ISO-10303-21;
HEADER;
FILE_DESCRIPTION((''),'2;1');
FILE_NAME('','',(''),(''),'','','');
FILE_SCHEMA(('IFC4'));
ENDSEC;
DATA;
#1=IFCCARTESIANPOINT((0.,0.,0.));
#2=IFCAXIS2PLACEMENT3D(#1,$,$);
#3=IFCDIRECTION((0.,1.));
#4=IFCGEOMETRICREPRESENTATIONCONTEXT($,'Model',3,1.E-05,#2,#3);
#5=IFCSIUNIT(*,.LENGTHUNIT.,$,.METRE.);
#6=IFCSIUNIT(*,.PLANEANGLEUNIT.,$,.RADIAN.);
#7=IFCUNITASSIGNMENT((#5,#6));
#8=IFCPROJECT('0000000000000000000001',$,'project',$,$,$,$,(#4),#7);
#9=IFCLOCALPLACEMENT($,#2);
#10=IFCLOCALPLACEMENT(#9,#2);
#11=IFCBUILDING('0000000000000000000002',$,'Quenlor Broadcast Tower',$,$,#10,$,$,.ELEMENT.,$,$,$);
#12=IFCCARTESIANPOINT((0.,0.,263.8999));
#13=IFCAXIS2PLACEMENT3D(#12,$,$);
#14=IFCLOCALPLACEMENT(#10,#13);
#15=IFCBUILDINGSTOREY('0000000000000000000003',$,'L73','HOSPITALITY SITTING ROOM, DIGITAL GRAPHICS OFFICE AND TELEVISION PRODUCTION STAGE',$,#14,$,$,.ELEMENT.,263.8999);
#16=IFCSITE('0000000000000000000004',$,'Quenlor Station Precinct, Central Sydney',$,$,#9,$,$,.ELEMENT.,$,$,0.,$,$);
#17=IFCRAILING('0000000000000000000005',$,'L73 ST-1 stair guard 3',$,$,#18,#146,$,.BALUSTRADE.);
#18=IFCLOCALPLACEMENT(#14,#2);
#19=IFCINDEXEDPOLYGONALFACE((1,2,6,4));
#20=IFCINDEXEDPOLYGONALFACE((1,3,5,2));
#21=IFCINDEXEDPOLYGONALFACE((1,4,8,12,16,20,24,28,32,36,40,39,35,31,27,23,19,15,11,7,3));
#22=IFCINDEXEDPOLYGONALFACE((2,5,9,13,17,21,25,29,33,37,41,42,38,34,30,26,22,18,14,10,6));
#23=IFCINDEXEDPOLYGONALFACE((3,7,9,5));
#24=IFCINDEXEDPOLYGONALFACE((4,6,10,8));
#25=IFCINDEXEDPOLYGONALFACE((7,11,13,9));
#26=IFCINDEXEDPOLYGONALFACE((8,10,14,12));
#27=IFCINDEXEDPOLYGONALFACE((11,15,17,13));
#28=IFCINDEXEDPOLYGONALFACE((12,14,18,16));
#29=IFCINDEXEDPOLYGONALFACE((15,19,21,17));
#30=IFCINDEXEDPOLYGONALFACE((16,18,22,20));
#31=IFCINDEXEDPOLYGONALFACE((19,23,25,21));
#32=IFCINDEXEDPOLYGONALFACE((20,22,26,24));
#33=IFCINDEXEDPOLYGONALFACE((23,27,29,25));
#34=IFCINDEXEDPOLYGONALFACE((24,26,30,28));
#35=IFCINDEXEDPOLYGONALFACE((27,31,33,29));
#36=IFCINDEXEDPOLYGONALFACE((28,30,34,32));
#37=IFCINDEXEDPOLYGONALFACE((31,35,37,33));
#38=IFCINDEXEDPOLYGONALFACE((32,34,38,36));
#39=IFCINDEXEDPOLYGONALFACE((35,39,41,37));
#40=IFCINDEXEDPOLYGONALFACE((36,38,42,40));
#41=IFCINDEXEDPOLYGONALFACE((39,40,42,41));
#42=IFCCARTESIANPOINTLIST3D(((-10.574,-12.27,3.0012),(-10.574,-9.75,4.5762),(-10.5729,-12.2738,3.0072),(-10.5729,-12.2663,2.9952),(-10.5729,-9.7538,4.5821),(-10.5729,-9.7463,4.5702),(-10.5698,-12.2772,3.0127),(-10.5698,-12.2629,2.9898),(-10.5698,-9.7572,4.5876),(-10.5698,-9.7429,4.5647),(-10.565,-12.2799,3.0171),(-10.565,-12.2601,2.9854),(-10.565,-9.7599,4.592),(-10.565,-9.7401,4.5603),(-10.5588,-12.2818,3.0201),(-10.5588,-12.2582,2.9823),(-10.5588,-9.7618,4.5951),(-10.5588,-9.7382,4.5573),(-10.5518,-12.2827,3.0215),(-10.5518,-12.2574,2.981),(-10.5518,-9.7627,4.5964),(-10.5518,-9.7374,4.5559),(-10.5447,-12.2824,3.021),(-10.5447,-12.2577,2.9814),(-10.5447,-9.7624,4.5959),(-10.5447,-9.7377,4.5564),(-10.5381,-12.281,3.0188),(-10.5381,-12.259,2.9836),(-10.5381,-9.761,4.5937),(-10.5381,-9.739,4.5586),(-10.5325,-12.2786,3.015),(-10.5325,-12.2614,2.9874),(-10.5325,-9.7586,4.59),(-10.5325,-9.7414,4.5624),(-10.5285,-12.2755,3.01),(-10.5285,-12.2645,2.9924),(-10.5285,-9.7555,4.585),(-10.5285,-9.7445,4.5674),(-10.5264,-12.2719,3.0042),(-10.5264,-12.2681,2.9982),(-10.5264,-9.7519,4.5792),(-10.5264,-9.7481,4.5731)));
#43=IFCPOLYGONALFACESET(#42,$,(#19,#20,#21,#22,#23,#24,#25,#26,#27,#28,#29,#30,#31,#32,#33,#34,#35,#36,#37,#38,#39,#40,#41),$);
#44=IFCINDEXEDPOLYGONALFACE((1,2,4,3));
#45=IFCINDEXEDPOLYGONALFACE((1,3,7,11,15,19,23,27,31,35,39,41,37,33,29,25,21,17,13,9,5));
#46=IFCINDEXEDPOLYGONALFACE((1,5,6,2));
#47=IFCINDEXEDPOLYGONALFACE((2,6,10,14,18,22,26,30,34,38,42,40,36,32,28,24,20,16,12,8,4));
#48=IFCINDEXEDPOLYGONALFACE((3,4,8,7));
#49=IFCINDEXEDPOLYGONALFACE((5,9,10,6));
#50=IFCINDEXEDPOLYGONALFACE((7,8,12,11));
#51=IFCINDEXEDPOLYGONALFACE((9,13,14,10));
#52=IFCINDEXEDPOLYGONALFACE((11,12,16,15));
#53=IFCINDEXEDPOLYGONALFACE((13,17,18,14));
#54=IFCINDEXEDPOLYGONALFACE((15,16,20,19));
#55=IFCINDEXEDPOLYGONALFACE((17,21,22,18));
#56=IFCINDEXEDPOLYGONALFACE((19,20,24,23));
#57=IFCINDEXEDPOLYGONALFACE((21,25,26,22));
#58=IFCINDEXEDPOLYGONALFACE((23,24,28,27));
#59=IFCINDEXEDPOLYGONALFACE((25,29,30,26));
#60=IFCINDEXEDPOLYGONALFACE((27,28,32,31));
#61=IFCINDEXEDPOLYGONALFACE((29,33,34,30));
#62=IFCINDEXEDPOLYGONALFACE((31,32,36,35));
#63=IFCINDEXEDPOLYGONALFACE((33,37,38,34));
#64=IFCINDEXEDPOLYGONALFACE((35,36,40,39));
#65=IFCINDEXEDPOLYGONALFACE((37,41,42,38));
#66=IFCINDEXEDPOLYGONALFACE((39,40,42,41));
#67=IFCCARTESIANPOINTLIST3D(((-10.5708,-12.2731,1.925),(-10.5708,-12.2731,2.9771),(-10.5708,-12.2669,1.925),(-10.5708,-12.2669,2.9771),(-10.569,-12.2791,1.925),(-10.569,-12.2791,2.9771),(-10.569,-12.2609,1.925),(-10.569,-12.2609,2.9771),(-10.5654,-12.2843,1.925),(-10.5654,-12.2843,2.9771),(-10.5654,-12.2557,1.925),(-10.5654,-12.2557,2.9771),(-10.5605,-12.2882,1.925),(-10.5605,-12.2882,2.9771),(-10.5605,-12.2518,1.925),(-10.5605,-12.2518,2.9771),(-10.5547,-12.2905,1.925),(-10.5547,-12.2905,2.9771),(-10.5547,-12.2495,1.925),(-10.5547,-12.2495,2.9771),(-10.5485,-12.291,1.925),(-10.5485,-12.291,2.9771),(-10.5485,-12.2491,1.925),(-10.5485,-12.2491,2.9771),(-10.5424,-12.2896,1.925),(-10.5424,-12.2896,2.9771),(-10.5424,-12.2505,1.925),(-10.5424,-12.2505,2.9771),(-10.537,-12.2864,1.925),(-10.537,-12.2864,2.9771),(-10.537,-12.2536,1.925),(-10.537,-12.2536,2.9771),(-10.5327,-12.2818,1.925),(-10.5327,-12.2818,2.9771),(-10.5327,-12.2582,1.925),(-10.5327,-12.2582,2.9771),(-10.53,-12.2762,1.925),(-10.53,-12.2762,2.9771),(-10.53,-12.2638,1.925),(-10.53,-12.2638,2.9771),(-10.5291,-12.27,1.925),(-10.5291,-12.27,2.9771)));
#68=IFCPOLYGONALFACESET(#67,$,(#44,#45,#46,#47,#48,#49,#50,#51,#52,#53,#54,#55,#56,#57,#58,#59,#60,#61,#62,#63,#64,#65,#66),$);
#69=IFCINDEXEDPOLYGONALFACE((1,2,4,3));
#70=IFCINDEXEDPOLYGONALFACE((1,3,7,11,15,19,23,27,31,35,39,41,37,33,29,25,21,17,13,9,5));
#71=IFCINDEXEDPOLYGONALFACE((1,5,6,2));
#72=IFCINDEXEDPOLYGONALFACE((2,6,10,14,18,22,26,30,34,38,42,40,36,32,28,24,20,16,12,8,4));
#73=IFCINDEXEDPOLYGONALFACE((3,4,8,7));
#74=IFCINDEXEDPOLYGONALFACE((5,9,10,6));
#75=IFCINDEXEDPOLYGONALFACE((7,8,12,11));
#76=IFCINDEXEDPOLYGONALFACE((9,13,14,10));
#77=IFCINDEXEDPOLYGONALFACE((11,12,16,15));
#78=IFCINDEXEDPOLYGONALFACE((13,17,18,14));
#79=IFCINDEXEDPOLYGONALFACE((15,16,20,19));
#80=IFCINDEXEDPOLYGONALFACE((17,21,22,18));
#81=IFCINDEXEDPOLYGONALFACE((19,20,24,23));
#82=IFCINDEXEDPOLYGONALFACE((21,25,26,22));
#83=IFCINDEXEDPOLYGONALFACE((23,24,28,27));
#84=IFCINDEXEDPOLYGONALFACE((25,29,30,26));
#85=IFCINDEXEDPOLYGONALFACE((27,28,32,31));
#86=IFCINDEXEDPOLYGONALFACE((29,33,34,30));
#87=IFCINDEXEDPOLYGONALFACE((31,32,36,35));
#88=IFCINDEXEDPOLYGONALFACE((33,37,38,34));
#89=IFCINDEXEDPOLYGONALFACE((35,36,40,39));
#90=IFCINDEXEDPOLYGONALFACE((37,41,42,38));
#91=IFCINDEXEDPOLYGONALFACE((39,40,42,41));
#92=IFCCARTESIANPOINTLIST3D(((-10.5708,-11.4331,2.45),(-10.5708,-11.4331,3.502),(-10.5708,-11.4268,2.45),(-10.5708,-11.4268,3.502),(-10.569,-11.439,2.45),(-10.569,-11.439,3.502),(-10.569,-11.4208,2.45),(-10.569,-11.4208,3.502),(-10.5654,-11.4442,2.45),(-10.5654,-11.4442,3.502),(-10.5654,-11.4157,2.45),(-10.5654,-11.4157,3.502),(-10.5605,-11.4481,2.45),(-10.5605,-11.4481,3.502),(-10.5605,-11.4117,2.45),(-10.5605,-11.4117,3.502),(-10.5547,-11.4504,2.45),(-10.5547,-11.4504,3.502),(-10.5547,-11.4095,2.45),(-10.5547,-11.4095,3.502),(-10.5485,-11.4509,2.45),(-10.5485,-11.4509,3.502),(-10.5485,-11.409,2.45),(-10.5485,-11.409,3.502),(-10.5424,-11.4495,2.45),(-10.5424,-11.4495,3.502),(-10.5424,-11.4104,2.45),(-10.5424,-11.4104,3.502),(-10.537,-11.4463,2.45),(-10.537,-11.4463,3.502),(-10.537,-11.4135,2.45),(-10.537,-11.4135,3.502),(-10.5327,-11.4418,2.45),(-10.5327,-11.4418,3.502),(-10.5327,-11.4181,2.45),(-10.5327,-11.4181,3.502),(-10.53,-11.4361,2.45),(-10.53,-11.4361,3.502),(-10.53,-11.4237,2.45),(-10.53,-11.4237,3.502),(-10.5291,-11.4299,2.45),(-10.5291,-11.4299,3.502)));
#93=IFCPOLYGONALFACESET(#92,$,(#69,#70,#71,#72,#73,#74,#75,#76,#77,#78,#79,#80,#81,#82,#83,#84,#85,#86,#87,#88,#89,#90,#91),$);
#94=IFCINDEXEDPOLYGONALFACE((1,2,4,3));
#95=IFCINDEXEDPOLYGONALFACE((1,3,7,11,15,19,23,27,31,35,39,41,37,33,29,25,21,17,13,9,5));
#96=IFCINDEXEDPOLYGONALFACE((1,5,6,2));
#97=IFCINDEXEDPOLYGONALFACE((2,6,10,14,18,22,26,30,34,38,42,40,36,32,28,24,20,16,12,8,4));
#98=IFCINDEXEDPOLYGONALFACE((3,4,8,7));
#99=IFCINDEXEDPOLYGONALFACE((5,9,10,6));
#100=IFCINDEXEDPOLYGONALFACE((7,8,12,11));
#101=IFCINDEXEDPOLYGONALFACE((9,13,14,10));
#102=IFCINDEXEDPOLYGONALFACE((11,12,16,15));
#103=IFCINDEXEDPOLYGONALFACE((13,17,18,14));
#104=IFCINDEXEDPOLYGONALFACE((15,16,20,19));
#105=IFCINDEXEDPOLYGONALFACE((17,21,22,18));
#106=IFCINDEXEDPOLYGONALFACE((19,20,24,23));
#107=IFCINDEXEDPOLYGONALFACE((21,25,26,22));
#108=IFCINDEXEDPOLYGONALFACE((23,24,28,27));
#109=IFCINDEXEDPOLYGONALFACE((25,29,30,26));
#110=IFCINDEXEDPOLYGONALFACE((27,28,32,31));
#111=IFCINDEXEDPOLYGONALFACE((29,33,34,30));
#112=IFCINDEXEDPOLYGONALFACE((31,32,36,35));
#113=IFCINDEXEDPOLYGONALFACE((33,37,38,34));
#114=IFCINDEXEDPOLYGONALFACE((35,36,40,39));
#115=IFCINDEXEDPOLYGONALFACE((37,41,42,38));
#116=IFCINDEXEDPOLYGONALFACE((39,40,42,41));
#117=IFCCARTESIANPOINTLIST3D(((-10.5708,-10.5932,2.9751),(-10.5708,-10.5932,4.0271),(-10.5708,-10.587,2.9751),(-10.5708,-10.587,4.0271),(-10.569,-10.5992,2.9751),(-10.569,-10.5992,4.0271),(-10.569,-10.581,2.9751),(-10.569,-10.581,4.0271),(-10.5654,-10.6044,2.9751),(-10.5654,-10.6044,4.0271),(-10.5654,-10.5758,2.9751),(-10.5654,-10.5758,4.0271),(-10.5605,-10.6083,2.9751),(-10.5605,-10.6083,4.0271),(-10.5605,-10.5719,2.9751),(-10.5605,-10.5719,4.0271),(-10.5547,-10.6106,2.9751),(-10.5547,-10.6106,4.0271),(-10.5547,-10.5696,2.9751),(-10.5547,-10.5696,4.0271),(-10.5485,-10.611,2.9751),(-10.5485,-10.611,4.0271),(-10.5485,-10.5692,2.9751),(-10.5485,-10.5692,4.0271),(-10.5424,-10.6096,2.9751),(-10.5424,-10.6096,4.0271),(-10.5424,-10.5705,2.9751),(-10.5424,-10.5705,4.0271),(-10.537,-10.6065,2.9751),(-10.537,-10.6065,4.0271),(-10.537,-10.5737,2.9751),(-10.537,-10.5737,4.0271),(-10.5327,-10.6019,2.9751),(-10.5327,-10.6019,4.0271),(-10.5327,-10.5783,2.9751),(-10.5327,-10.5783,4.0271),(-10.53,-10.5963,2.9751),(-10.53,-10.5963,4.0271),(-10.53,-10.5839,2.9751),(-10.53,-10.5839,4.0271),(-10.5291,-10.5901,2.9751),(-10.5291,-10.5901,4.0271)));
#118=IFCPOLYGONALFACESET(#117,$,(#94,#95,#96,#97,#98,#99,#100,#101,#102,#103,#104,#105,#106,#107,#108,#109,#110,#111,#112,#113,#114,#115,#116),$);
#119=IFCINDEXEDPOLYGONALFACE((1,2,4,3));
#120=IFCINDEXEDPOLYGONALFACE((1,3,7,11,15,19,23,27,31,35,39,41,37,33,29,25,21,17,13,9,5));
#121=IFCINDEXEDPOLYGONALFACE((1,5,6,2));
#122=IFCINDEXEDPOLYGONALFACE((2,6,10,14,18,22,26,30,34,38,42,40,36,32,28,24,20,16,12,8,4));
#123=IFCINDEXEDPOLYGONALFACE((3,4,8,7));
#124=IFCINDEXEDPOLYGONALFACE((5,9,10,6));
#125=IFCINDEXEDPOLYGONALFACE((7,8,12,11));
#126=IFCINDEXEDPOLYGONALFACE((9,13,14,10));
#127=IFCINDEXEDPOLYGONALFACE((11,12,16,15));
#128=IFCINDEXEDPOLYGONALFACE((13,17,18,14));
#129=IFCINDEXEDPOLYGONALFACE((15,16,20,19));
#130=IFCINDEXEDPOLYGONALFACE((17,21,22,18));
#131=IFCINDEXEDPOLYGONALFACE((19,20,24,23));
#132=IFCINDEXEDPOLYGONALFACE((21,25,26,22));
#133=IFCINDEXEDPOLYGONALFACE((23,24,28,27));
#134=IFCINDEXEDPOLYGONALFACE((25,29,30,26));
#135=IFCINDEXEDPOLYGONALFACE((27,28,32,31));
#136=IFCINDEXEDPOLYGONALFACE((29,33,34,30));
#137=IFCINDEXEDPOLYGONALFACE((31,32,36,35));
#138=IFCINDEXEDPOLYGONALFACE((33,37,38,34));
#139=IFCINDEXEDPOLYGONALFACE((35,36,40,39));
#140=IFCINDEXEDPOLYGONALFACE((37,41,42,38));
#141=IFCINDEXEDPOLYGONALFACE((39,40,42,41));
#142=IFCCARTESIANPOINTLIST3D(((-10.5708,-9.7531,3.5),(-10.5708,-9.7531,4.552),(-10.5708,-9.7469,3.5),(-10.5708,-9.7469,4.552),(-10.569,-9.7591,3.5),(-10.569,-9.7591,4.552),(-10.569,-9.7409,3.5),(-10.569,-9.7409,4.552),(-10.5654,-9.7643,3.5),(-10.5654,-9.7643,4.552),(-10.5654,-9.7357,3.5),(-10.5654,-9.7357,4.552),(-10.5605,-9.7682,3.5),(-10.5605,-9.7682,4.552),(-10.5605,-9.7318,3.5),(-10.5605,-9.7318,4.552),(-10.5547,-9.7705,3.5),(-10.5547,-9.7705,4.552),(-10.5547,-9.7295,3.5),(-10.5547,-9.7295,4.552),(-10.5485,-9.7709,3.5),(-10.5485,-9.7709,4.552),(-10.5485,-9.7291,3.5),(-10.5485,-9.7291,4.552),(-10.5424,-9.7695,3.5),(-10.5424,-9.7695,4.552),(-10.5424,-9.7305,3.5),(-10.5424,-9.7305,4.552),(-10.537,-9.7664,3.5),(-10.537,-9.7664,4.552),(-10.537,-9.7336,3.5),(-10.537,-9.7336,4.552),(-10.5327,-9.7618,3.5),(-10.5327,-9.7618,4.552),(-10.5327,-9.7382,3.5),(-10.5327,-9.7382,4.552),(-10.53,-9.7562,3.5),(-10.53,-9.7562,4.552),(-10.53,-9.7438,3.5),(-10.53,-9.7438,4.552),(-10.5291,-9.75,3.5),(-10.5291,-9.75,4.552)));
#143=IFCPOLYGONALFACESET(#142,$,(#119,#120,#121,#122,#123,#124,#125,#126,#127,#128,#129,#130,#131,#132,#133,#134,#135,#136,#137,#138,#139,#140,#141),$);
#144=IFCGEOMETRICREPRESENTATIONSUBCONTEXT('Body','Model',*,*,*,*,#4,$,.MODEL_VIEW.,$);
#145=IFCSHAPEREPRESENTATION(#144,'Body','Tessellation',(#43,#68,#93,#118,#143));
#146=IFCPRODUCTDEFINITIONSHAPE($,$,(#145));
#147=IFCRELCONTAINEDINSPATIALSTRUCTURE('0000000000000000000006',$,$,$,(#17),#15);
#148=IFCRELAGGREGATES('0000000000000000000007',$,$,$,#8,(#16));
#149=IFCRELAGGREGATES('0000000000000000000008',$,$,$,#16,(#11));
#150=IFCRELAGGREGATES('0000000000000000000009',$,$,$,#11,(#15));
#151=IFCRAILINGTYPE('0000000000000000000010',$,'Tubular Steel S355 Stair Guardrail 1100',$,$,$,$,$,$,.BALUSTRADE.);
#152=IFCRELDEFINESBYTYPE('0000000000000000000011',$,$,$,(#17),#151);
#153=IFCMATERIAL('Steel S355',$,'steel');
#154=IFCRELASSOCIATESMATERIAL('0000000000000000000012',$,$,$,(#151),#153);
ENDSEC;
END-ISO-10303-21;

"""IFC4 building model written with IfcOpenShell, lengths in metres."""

from ifc_helpers import new_model, si_unit, direction, frame, origin, origin_2d, place, context, subcontext, project, spatial, circle, extrude, material, type_object, element, save


model = new_model("IFC4")

# Units and contexts
model_context = context("Model", 3, precision=1e-05, world=origin(), true_north=direction((0.0, 1.0)))
body_context = subcontext(model_context, "Body", "Model", "MODEL_VIEW")
ifc_project = project(units=[si_unit("LENGTHUNIT", "METRE"), si_unit("PLANEANGLEUNIT", "RADIAN")], contexts=[model_context])

# Site, building, storey
site_placement = place(None, origin())
site = spatial("IfcSite", under=ifc_project, at=site_placement, Name="Quenlor Station Precinct, Central Sydney", CompositionType="ELEMENT", RefElevation=0.0)
building_placement = place(site_placement, origin())
building = spatial("IfcBuilding", under=site, at=building_placement, Name="Quenlor Broadcast Tower", CompositionType="ELEMENT")
storey_placement = place(building_placement, frame((0.0, 0.0, 263.8999)))
storey = spatial("IfcBuildingStorey", under=building, at=storey_placement, Name="L73", Description="HOSPITALITY SITTING ROOM, DIGITAL GRAPHICS OFFICE AND TELEVISION PRODUCTION STAGE", CompositionType="ELEMENT", Elevation=263.8999)

# Railing
ifc_material_1 = material(Name="Steel S355", Category="steel")
railing_type = type_object("IfcRailingType", Name="Tubular Steel S355 Stair Guardrail 1100", PredefinedType="BALUSTRADE", material=ifc_material_1)
railing_1_placement = place(storey_placement, frame((-10.55, -12.27, 1.925)))
element("IfcRailing", 1, at=railing_1_placement, inside=storey, type_object=railing_type, Name="L73 ST-1 stair guard 3", PredefinedType="BALUSTRADE", context=body_context, shape_type="SweptSolid", body=[
    extrude(circle(Radius=0.0239, at=origin_2d()), frame((0.0, 0.0, 1.0762), z_axis=(0.0, 0.848008, 0.529984), x_axis=(-1.0, 0.0, 0.0)), (0.0, 0.0, 1.0), 2.9717),
    extrude(circle(Radius=0.021, at=origin_2d()), origin(), (0.0, 0.0, 1.0), 1.052),
    extrude(circle(Radius=0.021, at=origin_2d()), frame((0.0, 0.8401, 0.5249)), (0.0, 0.0, 1.0), 1.052),
    extrude(circle(Radius=0.021, at=origin_2d()), frame((0.0, 1.6799, 1.05)), (0.0, 0.0, 1.0), 1.052),
    extrude(circle(Radius=0.021, at=origin_2d()), frame((0.0, 2.52, 1.575)), (0.0, 0.0, 1.0), 1.052),
])

save(model, "model.ifc")
